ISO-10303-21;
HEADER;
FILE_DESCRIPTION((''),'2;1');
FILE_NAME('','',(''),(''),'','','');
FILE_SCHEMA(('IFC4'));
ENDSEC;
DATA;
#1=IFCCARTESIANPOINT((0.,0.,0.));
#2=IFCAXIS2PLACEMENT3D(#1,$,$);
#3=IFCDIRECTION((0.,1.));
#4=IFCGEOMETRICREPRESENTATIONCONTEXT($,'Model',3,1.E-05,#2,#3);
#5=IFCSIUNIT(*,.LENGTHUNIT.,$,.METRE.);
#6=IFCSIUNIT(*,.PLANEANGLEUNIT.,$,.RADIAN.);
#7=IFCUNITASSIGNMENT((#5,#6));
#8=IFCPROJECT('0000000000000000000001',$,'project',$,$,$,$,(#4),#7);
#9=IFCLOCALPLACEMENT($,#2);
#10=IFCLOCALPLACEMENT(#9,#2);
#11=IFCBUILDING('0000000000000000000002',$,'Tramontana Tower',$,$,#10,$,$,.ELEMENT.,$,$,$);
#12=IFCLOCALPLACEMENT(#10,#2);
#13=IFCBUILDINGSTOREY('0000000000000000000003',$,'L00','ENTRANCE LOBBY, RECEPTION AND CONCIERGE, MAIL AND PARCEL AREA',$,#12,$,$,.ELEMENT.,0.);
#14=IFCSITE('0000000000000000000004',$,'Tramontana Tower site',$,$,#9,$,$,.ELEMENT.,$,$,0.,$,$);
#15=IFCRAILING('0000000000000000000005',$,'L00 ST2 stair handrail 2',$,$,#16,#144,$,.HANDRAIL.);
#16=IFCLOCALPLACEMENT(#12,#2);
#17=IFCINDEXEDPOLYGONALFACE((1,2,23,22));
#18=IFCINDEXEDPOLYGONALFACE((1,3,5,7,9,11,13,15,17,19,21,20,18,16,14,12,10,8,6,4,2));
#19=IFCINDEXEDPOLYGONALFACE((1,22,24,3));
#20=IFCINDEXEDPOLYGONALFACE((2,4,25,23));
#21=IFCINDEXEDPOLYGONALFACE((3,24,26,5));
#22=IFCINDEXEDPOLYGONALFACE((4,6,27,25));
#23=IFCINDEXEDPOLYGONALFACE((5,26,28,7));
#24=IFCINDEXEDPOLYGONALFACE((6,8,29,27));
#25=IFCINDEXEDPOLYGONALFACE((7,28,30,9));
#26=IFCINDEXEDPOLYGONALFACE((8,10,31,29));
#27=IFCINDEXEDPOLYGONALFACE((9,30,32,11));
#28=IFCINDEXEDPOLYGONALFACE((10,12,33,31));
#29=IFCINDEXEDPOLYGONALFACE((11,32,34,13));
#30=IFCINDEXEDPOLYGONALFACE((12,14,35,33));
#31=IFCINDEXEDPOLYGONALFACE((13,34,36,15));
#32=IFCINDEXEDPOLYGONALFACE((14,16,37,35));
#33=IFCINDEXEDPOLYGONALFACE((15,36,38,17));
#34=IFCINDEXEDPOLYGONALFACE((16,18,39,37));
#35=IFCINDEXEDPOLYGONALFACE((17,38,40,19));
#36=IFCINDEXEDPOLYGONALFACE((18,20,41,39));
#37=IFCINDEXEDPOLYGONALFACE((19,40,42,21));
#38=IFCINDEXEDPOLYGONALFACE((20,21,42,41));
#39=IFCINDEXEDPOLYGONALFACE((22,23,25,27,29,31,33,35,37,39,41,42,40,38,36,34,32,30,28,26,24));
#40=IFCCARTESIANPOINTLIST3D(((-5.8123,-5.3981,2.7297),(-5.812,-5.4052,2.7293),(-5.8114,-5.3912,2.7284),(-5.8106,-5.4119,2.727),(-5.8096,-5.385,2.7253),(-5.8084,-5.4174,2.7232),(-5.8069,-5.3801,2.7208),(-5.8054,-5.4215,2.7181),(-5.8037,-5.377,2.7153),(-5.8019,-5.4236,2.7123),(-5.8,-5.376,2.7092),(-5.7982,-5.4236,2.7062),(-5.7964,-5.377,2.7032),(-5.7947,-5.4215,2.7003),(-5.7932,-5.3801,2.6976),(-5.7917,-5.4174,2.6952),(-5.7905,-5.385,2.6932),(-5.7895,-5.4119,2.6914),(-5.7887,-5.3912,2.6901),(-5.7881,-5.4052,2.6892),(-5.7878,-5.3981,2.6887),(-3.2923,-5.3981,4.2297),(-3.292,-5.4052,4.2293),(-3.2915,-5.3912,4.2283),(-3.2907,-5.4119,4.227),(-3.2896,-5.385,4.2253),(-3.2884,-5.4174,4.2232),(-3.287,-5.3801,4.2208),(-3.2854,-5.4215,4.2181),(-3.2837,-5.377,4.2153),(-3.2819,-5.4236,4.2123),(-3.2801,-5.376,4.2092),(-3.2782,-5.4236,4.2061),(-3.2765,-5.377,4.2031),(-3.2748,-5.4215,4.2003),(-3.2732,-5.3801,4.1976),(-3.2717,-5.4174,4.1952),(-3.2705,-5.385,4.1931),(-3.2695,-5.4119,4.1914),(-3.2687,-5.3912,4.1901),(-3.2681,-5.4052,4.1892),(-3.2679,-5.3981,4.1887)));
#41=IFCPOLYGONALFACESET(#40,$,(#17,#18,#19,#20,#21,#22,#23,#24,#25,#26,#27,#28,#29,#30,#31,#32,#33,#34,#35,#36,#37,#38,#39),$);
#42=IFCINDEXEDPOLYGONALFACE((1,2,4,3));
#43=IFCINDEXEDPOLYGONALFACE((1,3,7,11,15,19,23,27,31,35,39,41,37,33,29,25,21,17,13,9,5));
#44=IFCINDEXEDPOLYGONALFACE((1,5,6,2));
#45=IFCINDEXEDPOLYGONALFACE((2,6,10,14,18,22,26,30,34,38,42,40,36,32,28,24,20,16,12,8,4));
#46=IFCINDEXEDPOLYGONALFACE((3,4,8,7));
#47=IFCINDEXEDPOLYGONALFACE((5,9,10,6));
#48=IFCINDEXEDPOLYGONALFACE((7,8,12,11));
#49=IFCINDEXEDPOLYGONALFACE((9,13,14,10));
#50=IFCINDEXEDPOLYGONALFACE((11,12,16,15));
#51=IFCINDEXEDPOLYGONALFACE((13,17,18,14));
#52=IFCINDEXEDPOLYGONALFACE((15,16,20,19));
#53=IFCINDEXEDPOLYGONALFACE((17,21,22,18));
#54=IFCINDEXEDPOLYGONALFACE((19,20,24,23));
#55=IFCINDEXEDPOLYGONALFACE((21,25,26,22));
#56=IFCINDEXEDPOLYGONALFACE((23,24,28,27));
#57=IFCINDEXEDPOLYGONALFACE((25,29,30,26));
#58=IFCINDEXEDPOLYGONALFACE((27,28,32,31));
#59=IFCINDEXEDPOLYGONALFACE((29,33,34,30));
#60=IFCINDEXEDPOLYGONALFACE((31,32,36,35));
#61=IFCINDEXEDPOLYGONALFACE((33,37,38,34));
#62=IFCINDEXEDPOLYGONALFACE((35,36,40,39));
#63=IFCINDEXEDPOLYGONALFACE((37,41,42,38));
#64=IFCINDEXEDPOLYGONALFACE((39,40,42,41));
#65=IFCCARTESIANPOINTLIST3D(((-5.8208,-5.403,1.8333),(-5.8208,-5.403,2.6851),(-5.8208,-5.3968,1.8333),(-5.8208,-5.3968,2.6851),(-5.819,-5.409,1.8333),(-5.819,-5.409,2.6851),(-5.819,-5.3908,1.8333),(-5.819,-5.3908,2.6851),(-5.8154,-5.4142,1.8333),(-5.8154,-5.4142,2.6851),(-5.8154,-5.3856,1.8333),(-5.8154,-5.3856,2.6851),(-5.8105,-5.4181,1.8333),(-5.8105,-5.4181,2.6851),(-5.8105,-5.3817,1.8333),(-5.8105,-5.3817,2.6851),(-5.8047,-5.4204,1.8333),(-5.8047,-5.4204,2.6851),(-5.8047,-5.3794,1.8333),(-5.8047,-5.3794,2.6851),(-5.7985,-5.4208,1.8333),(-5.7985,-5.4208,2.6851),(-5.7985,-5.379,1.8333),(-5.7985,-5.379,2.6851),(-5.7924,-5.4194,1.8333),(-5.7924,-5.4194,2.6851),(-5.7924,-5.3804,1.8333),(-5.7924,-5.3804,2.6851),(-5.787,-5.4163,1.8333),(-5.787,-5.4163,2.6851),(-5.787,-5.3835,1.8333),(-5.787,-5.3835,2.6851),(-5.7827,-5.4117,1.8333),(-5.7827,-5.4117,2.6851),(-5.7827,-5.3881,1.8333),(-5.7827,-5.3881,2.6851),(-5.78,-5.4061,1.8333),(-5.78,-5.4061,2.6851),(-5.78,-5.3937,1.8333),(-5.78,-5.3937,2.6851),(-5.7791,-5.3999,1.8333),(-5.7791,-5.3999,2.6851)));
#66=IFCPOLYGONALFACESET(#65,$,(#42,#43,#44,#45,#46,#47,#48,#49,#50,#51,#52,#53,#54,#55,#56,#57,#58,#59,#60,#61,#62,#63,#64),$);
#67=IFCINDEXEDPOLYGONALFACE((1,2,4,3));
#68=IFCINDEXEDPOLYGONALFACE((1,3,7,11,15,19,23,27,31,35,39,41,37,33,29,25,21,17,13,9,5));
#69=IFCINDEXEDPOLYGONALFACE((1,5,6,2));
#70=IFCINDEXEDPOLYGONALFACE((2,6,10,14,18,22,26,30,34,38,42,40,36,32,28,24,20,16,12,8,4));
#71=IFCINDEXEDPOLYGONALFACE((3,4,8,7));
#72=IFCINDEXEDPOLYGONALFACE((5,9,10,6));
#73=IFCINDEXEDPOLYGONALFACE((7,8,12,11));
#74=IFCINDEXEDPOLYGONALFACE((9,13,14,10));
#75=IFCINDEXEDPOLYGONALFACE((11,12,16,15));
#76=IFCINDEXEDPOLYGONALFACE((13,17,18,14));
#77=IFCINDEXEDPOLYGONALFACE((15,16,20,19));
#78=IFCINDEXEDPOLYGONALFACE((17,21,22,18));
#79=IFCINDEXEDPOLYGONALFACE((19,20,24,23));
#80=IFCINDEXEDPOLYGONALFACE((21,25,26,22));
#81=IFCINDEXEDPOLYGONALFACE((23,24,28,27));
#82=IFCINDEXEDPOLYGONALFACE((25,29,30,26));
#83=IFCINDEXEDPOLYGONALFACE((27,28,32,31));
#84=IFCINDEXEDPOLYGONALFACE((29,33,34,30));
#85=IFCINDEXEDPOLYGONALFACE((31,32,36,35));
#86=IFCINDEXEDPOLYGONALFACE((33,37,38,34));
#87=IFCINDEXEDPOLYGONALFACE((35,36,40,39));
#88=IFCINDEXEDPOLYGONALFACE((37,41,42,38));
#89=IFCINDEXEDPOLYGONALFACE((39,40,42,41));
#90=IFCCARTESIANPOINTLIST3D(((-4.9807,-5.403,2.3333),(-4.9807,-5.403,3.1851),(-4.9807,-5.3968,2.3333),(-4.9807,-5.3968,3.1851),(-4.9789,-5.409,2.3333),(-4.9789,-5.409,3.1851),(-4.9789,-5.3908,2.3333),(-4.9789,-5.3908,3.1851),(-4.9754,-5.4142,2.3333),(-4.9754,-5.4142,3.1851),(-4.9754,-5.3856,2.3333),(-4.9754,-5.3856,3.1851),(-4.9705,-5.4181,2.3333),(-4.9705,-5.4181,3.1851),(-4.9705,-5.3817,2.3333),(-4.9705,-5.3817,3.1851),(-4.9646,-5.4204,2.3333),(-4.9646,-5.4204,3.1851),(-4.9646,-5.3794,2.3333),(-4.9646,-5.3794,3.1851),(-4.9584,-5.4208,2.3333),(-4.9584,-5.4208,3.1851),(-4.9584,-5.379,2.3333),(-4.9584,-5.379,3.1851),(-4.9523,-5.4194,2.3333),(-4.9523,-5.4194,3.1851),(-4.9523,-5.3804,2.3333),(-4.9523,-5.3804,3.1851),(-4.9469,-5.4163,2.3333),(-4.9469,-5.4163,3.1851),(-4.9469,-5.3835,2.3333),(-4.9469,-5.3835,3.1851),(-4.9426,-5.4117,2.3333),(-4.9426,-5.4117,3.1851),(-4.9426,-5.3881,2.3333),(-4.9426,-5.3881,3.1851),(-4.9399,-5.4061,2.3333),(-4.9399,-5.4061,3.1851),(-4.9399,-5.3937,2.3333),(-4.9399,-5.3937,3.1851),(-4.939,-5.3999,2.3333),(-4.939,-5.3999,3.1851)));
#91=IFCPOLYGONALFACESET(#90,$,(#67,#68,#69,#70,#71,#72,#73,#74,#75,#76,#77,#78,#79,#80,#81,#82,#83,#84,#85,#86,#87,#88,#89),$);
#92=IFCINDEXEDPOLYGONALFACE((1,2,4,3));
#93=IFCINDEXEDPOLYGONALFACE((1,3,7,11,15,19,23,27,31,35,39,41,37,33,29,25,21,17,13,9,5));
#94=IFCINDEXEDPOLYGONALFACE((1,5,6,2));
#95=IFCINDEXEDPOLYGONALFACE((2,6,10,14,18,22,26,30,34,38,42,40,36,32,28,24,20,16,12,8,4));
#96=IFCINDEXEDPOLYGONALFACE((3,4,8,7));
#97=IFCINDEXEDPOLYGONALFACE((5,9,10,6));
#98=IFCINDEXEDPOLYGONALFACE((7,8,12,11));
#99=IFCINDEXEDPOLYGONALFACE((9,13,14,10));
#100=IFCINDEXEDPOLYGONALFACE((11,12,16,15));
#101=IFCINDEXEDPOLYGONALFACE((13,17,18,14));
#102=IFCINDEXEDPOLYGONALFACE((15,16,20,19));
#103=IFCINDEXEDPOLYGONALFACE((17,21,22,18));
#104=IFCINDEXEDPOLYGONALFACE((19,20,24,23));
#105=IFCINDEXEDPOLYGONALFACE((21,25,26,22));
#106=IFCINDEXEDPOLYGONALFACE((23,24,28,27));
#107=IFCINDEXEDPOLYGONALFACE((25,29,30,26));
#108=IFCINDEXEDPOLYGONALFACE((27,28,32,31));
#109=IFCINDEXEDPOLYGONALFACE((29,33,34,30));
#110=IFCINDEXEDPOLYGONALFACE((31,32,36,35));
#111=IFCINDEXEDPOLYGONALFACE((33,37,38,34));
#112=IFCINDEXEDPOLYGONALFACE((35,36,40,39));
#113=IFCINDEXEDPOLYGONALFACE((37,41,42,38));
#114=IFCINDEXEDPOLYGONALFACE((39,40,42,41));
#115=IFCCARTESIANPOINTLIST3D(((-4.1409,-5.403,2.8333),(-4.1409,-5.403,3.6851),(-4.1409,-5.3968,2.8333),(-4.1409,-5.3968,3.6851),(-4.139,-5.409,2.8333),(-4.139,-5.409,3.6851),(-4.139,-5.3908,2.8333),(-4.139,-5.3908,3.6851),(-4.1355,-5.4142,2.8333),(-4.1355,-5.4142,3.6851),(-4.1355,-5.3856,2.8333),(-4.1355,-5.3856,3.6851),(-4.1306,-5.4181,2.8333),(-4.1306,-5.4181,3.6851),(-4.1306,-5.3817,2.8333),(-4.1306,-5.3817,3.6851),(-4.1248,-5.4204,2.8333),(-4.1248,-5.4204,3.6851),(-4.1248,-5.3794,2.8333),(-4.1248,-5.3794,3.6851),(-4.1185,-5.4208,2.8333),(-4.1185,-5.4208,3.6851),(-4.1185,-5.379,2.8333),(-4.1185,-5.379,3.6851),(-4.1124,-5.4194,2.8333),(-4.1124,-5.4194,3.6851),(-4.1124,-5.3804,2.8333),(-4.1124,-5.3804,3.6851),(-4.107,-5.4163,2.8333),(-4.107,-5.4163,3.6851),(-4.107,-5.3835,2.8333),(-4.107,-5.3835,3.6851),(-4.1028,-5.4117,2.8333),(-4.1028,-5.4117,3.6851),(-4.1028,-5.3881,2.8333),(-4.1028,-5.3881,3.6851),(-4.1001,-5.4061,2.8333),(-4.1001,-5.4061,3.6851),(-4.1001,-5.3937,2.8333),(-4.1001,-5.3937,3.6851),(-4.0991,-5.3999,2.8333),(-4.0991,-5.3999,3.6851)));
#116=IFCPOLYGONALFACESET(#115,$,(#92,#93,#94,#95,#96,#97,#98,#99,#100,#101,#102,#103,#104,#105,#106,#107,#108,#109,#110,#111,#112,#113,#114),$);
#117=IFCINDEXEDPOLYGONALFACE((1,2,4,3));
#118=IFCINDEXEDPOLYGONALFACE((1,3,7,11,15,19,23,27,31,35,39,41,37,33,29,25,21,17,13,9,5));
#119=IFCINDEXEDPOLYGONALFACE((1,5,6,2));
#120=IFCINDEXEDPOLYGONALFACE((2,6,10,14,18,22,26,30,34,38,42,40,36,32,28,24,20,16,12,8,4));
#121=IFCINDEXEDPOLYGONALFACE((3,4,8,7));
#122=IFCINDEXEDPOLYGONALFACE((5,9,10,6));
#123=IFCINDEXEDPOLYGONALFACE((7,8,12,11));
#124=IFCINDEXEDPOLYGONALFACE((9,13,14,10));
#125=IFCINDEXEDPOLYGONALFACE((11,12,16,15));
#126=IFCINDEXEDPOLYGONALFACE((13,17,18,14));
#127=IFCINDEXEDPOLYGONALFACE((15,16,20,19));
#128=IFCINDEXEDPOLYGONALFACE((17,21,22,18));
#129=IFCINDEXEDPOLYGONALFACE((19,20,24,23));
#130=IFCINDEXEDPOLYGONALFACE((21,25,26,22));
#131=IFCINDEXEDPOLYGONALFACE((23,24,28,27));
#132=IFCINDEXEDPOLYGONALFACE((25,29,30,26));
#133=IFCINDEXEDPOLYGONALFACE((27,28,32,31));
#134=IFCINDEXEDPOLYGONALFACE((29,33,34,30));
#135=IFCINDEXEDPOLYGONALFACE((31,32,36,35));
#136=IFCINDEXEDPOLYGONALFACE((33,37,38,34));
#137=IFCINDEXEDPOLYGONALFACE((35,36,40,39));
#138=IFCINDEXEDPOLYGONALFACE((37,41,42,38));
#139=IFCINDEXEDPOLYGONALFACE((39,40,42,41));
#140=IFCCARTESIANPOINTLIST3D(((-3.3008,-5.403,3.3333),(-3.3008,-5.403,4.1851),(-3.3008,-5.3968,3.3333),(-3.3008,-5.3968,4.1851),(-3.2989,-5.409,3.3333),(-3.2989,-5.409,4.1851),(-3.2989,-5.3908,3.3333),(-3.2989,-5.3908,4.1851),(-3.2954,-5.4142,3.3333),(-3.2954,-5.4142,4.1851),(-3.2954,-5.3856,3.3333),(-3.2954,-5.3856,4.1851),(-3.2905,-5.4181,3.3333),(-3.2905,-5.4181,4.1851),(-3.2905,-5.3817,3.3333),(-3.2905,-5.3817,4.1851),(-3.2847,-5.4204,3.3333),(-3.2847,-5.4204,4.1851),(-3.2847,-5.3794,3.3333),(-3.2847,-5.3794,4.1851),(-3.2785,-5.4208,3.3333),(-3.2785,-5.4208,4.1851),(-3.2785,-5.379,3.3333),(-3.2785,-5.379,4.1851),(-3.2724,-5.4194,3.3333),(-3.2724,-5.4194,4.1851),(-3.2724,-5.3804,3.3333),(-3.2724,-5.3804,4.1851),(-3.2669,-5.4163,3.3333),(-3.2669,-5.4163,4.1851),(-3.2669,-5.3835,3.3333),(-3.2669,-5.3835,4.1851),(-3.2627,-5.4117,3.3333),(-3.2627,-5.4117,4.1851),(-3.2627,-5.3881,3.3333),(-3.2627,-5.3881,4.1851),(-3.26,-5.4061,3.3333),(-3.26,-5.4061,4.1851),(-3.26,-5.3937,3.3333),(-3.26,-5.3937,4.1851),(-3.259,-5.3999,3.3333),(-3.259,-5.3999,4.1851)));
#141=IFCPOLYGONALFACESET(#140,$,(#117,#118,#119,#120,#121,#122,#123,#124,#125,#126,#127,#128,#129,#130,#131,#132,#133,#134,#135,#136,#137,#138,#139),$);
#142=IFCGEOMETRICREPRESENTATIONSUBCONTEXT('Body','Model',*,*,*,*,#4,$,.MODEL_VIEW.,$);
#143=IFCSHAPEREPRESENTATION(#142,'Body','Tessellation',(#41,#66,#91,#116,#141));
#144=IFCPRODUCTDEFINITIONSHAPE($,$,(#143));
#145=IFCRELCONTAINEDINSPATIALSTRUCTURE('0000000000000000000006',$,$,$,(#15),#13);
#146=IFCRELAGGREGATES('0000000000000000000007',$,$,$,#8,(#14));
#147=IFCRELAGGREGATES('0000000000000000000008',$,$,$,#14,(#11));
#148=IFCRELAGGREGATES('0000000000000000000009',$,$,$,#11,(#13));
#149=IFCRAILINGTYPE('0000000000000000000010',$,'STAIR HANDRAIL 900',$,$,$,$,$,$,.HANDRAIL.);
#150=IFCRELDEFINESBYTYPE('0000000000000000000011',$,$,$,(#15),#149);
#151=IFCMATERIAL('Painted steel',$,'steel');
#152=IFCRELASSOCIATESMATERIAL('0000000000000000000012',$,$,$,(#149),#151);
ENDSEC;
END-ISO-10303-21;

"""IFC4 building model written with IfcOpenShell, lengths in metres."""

from ifc_helpers import new_model, si_unit, direction, frame, origin, origin_2d, place, context, subcontext, project, spatial, circle, extrude, material, type_object, element, save


model = new_model("IFC4")

# Units and contexts
model_context = context("Model", 3, precision=1e-05, world=origin(), true_north=direction((0.0, 1.0)))
body_context = subcontext(model_context, "Body", "Model", "MODEL_VIEW")
ifc_project = project(units=[si_unit("LENGTHUNIT", "METRE"), si_unit("PLANEANGLEUNIT", "RADIAN")], contexts=[model_context])

# Site, building, storey
site_placement = place(None, origin())
site = spatial("IfcSite", under=ifc_project, at=site_placement, Name="Tramontana Tower site", CompositionType="ELEMENT", RefElevation=0.0)
building_placement = place(site_placement, origin())
building = spatial("IfcBuilding", under=site, at=building_placement, Name="Tramontana Tower", CompositionType="ELEMENT")
storey_placement = place(building_placement, origin())
storey = spatial("IfcBuildingStorey", under=building, at=storey_placement, Name="L00", Description="ENTRANCE LOBBY, RECEPTION AND CONCIERGE, MAIL AND PARCEL AREA", CompositionType="ELEMENT", Elevation=0.0)

# Railing
ifc_material_1 = material(Name="Painted steel", Category="steel")
railing_type = type_object("IfcRailingType", Name="STAIR HANDRAIL 900", PredefinedType="HANDRAIL", material=ifc_material_1)
for number, where, name in (
    (1, (-5.8, -5.3999, 1.8333), "L00 ST2 stair handrail 2"),
):
    element("IfcRailing", number, at=place(storey_placement, frame(where)), inside=storey, type_object=railing_type, Name=name, PredefinedType="HANDRAIL", context=body_context, shape_type="SweptSolid", body=[
        extrude(circle(Radius=0.0239, at=origin_2d()), frame((0.0, 0.0, 0.876), z_axis=(0.859295, 0.0, 0.511481), x_axis=(0.0, 1.0, 0.0)), (0.0, 0.0, 1.0), 2.9326),
        extrude(circle(Radius=0.021, at=origin_2d()), origin(), (0.0, 0.0, 1.0), 0.8518),
        extrude(circle(Radius=0.021, at=origin_2d()), frame((0.8401, 0.0, 0.5)), (0.0, 0.0, 1.0), 0.8518),
        extrude(circle(Radius=0.021, at=origin_2d()), frame((1.6799, 0.0, 1.0)), (0.0, 0.0, 1.0), 0.8518),
        extrude(circle(Radius=0.021, at=origin_2d()), frame((2.52, 0.0, 1.5)), (0.0, 0.0, 1.0), 0.8518),
    ])

save(model, "model.ifc")
